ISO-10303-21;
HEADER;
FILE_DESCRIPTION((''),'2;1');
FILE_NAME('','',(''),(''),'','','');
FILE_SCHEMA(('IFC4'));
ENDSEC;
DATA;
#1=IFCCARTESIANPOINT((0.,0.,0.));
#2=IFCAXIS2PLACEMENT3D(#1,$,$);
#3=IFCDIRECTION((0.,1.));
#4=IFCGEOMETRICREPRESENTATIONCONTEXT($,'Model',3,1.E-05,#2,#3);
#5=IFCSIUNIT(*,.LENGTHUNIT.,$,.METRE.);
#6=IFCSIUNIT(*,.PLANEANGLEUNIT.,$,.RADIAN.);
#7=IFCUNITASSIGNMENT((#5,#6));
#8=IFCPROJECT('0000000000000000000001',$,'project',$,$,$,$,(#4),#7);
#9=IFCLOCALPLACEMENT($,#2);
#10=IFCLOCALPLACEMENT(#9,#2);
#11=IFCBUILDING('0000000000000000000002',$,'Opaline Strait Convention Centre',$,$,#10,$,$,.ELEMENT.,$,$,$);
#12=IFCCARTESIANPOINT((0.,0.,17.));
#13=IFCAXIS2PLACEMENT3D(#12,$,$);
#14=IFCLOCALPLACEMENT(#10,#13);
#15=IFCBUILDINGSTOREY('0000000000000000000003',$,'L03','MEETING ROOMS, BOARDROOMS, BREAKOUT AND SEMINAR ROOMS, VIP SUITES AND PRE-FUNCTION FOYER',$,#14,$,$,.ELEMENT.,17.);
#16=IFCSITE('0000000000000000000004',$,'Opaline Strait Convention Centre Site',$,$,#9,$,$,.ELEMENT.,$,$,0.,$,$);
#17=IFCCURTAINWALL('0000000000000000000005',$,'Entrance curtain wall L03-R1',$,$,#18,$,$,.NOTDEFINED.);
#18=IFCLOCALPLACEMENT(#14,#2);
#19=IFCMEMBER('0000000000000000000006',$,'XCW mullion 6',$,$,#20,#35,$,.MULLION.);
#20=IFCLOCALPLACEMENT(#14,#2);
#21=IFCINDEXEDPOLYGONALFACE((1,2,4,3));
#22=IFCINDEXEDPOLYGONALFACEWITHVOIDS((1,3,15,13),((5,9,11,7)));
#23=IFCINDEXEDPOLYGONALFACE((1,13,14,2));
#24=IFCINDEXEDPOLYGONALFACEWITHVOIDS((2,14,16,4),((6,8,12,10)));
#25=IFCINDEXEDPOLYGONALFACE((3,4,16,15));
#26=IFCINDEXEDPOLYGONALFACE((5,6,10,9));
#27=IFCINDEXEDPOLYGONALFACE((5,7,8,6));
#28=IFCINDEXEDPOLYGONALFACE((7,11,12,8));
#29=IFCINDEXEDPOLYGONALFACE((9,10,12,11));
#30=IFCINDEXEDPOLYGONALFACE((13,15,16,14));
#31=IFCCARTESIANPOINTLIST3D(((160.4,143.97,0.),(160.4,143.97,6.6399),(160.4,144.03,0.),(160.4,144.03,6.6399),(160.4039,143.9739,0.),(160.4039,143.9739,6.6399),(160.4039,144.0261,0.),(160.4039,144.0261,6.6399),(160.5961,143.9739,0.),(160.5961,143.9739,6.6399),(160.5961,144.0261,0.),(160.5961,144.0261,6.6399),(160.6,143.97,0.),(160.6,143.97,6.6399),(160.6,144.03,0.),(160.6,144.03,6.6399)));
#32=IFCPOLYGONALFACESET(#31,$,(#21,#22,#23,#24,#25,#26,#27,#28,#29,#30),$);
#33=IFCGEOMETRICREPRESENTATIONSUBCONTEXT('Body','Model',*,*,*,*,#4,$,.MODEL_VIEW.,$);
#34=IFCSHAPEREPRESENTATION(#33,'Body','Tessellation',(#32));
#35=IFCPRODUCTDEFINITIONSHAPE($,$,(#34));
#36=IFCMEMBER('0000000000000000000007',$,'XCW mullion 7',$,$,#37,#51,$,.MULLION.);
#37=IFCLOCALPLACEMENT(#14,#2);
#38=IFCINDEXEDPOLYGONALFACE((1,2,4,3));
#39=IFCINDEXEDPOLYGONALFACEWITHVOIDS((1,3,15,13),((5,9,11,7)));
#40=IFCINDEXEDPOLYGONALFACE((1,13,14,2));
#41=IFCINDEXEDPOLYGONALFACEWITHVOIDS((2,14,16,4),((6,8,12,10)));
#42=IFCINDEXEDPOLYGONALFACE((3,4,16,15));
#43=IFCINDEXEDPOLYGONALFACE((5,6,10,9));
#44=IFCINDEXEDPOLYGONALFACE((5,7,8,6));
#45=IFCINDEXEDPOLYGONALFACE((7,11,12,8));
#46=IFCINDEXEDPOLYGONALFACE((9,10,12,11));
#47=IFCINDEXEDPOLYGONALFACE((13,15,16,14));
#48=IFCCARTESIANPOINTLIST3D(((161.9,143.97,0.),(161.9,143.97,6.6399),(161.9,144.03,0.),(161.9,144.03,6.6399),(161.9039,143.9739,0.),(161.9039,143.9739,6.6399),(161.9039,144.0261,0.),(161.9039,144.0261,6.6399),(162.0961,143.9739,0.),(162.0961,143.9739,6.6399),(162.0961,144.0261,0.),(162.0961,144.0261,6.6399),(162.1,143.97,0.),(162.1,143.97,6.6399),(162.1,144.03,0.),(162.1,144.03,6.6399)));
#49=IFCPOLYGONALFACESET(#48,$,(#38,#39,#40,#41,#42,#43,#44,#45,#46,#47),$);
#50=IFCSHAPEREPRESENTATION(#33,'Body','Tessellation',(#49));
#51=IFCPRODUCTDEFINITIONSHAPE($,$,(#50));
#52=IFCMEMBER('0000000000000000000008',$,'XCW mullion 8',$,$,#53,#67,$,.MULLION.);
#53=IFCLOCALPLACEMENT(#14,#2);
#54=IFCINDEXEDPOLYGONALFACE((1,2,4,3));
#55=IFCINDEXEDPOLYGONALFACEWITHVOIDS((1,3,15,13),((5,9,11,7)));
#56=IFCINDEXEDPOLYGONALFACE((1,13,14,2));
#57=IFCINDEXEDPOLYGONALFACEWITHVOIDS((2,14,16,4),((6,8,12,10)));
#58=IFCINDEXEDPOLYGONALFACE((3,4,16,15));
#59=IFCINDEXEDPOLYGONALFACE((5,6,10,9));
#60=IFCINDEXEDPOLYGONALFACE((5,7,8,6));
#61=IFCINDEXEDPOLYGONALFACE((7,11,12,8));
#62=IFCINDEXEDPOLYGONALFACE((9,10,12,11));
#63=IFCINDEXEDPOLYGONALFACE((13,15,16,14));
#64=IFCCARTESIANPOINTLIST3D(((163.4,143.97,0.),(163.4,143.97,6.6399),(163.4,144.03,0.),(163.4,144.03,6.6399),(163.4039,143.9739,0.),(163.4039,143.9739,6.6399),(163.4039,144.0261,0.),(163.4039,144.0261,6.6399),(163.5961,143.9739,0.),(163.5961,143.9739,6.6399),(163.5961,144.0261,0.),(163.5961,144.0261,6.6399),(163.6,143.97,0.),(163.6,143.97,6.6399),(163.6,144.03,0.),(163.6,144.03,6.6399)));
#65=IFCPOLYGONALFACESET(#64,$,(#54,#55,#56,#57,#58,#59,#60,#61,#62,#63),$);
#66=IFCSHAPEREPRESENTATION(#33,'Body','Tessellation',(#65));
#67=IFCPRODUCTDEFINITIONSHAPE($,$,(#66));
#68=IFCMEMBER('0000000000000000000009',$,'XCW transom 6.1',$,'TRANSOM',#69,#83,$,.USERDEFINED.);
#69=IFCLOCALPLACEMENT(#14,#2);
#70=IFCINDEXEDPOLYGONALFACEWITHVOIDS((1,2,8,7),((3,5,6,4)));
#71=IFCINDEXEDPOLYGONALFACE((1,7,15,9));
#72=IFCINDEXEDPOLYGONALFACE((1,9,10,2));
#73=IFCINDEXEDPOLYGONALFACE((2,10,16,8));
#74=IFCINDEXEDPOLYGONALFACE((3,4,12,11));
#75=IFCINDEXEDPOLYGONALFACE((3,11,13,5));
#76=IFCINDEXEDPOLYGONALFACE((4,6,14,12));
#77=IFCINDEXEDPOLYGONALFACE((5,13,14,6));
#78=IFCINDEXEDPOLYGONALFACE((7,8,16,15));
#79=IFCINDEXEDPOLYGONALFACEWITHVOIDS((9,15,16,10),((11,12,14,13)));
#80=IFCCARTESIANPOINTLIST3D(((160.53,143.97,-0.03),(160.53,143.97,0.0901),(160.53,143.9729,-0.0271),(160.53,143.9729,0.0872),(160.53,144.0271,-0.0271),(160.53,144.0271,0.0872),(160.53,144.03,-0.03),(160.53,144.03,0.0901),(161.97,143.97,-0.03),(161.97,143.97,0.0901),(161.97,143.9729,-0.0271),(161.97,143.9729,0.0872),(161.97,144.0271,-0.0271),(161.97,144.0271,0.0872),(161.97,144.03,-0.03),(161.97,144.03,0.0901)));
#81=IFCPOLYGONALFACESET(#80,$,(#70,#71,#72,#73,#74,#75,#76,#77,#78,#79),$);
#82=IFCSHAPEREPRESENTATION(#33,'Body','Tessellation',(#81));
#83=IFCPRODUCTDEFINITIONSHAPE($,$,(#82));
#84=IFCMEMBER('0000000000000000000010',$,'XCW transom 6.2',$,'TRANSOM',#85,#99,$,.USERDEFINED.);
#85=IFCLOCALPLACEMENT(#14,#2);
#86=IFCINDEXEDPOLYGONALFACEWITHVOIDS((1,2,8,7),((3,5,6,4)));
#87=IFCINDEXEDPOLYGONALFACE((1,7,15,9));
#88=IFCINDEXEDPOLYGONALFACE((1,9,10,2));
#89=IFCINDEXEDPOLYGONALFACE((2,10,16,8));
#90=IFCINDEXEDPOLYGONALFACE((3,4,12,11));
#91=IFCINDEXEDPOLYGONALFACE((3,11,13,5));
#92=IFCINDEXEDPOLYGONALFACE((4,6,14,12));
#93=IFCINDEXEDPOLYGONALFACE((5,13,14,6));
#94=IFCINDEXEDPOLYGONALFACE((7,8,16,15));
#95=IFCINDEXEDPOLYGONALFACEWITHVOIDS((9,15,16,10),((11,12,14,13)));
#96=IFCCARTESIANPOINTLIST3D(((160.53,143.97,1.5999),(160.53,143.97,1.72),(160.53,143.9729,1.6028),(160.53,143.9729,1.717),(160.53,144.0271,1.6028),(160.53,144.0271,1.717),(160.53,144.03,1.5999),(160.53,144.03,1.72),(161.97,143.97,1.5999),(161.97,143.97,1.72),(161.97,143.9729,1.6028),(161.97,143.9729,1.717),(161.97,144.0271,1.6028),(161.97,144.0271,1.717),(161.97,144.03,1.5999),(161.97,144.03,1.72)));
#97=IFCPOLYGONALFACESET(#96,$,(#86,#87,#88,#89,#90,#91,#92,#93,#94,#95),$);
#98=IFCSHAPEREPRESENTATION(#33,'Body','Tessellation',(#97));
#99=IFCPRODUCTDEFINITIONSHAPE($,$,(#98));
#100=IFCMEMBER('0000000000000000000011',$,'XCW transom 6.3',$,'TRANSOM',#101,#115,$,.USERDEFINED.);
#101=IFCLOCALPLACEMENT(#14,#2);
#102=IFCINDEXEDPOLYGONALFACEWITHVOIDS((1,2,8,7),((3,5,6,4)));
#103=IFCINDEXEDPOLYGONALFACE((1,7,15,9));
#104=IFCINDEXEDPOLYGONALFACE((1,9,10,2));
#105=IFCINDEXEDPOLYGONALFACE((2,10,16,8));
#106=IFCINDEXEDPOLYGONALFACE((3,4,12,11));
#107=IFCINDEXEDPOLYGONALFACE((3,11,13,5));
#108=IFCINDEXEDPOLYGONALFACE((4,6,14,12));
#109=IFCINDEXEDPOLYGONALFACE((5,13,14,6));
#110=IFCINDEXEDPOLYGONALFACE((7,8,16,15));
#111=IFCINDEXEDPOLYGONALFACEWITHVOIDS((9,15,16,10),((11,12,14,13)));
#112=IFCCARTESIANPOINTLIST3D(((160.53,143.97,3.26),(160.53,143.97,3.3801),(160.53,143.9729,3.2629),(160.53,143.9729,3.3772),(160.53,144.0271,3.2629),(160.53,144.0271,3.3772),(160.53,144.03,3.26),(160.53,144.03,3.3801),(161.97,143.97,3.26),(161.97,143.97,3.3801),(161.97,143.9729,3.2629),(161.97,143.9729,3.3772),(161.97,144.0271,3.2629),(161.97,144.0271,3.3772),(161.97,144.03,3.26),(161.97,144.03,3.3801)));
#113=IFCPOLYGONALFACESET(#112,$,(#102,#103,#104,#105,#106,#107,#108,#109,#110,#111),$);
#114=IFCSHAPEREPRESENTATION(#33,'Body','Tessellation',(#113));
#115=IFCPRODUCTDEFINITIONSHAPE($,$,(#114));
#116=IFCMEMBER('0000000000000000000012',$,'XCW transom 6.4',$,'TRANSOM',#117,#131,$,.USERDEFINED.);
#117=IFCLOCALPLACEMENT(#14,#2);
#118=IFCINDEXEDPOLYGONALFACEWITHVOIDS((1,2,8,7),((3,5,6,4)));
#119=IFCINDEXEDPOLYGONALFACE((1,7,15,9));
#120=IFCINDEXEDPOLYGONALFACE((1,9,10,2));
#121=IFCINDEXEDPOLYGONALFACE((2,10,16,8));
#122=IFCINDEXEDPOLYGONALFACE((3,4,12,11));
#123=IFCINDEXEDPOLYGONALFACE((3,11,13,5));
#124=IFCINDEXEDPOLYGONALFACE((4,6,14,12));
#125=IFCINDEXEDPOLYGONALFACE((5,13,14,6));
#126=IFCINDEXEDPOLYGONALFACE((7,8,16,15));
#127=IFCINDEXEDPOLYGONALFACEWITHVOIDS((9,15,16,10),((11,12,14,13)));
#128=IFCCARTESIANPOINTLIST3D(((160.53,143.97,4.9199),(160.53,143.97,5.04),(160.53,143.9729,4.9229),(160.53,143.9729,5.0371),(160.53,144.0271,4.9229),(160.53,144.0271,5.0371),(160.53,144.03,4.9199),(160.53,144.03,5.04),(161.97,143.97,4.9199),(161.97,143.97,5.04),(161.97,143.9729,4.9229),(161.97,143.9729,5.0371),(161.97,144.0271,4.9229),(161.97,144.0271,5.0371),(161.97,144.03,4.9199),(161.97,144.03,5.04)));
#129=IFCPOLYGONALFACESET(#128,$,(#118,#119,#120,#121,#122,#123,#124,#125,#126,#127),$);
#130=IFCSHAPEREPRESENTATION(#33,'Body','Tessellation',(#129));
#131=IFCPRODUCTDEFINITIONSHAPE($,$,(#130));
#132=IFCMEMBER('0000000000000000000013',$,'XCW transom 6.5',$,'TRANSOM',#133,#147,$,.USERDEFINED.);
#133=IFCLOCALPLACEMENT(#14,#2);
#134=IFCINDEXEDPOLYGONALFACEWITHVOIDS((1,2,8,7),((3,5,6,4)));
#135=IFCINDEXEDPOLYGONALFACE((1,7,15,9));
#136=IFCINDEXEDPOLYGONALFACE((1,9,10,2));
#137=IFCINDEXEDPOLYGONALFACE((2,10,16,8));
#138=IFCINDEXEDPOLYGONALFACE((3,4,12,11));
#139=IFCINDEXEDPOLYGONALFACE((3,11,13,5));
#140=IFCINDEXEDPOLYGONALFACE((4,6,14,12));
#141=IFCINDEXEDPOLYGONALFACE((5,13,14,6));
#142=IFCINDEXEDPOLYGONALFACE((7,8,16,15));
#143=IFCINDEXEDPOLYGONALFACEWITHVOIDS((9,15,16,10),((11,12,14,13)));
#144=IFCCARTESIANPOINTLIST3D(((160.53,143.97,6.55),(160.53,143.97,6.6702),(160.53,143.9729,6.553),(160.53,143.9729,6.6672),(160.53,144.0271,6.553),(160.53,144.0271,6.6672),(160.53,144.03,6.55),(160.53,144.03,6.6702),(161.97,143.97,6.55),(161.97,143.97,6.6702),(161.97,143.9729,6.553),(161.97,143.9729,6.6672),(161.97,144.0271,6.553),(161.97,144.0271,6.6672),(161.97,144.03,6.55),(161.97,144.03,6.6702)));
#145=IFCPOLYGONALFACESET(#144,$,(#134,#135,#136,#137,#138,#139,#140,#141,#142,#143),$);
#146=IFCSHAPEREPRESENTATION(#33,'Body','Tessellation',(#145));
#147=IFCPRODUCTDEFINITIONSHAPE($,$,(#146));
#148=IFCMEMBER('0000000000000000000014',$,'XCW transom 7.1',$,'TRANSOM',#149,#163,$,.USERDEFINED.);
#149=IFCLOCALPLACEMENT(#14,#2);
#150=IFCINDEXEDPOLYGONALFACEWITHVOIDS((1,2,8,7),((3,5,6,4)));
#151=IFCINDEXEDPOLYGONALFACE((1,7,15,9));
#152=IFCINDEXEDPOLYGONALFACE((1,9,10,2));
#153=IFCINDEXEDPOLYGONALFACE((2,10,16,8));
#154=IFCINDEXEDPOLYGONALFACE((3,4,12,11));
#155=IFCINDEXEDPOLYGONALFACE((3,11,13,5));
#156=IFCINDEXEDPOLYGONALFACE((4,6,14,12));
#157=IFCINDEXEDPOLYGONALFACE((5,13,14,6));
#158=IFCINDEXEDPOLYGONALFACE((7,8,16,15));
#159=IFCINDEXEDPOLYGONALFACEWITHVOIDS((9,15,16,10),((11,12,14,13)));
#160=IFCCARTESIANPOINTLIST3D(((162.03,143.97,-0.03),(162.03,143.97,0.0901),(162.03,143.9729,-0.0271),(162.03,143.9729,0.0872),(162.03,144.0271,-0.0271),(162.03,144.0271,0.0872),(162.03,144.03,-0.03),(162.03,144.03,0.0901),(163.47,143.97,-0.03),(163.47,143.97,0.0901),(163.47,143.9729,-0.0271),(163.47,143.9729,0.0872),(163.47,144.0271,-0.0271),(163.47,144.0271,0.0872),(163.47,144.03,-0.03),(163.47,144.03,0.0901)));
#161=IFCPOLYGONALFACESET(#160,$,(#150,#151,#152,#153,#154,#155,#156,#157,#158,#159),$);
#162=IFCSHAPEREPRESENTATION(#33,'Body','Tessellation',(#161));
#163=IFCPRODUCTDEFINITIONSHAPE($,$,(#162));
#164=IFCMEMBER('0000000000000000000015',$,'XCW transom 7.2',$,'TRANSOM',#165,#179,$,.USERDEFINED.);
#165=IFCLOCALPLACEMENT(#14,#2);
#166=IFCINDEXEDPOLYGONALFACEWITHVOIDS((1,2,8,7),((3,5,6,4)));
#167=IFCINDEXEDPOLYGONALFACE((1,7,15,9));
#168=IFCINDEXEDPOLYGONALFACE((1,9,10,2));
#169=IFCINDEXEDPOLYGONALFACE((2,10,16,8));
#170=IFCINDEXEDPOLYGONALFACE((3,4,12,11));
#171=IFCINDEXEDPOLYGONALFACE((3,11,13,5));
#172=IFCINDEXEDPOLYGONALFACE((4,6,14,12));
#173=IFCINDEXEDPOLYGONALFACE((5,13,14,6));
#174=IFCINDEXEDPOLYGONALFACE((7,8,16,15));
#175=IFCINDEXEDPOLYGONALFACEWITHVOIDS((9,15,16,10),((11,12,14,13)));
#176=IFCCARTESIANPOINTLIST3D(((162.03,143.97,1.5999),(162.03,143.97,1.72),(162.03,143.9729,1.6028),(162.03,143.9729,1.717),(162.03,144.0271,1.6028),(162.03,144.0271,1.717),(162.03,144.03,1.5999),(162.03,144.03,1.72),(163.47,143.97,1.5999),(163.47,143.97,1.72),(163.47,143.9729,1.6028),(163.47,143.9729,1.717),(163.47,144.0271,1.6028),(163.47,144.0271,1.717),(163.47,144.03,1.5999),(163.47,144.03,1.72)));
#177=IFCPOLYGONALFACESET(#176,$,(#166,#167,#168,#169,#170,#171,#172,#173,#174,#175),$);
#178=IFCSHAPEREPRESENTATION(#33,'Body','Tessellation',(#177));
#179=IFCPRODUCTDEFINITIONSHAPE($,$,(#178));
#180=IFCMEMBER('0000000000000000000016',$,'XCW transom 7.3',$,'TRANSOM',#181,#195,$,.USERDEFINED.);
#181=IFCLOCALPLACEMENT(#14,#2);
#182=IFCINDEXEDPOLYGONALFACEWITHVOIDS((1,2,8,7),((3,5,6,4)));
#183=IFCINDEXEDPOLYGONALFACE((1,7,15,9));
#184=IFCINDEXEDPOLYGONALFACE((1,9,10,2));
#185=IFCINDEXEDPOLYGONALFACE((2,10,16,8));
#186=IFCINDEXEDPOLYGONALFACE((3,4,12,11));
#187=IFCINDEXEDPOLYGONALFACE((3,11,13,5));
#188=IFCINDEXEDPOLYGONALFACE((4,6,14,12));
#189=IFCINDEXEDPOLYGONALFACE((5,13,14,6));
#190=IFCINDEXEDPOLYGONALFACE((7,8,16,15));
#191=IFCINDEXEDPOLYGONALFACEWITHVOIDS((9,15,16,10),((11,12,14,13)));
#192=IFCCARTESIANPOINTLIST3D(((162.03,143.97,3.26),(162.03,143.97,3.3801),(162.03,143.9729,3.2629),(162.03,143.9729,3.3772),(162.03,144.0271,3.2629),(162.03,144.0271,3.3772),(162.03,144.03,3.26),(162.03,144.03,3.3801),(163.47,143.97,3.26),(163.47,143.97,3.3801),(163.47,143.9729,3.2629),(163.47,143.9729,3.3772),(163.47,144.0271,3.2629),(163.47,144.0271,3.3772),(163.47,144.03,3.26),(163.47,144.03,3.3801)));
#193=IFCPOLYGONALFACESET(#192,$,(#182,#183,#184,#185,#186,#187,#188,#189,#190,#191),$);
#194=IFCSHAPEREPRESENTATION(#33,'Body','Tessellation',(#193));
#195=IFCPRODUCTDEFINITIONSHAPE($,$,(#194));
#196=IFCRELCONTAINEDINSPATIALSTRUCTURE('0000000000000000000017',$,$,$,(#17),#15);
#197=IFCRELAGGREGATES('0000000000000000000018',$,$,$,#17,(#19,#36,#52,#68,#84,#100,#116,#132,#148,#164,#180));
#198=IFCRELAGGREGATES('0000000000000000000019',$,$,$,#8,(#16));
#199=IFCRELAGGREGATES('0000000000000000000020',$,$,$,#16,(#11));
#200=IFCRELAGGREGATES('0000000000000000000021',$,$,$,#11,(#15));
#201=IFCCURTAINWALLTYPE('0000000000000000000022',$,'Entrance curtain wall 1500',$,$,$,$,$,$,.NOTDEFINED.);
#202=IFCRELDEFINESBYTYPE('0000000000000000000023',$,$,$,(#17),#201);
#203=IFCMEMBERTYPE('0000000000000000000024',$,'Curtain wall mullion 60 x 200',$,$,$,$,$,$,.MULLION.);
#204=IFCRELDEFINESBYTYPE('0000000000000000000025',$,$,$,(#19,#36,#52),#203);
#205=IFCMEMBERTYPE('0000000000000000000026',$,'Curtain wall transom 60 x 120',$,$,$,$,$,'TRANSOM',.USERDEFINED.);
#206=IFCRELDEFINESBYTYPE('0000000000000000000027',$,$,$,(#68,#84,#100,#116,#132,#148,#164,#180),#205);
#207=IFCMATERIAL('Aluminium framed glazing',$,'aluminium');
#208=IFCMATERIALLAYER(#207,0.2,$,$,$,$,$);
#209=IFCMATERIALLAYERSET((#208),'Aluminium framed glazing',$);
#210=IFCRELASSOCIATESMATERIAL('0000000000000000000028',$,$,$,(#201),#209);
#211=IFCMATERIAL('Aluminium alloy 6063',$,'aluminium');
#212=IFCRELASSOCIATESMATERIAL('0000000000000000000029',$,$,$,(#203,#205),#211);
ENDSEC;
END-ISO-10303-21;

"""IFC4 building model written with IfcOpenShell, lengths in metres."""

from ifc_helpers import new_model, si_unit, direction, frame, origin, origin_2d, place, context, subcontext, project, spatial, hollow_rectangle, extrude, material, layer, layer_set, material_profile, profile_set, type_object, element, aggregate, save


model = new_model("IFC4")

# Units and contexts
model_context = context("Model", 3, precision=1e-05, world=origin(), true_north=direction((0.0, 1.0)))
body_context = subcontext(model_context, "Body", "Model", "MODEL_VIEW")
ifc_project = project(units=[si_unit("LENGTHUNIT", "METRE"), si_unit("PLANEANGLEUNIT", "RADIAN")], contexts=[model_context])

# Site, building, storey
site_placement = place(None, origin())
site = spatial("IfcSite", under=ifc_project, at=site_placement, Name="Opaline Strait Convention Centre Site", CompositionType="ELEMENT", RefElevation=0.0)
building_placement = place(site_placement, origin())
building = spatial("IfcBuilding", under=site, at=building_placement, Name="Opaline Strait Convention Centre", CompositionType="ELEMENT")
storey_placement = place(building_placement, frame((0.0, 0.0, 17.0)))
storey = spatial("IfcBuildingStorey", under=building, at=storey_placement, Name="L03", Description="MEETING ROOMS, BOARDROOMS, BREAKOUT AND SEMINAR ROOMS, VIP SUITES AND PRE-FUNCTION FOYER", CompositionType="ELEMENT", Elevation=17.0)

# Curtain wall, members
ifc_material_1 = material(Name="Aluminium framed glazing", Category="aluminium")
ifc_layer_1 = layer(ifc_material_1, 0.2)
ifc_layer_set_1 = layer_set([ifc_layer_1], Name="Aluminium framed glazing")
curtain_wall_type = type_object("IfcCurtainWallType", Name="Entrance curtain wall 1500", PredefinedType="NOTDEFINED", material=ifc_layer_set_1)
curtain_wall_placement = place(storey_placement, origin())
curtain_wall = element("IfcCurtainWall", 1, at=curtain_wall_placement, inside=storey, type_object=curtain_wall_type, Name="Entrance curtain wall L03-R1", PredefinedType="NOTDEFINED")
ifc_material_2 = material(Name="Aluminium alloy 6063", Category="aluminium")
ifc_material_profile_1 = material_profile(ifc_material_2, hollow_rectangle(XDim=0.0601, YDim=0.2, WallThickness=0.0039, at=origin_2d()), Name="MULLION 60x200x4")
ifc_profile_set_1 = profile_set([ifc_material_profile_1], Name="Aluminium alloy 6063")
member_type_1 = type_object("IfcMemberType", Name="Curtain wall mullion 60 x 200", PredefinedType="MULLION", material=ifc_profile_set_1)
member_1_placement = place(storey_placement, frame((160.5, 144.0, 0.0), z_axis=(0.0, 0.0, 1.0), x_axis=(0.0, 1.0, 0.0)))
member_1 = element("IfcMember", 2, at=member_1_placement, type_object=member_type_1, Name="XCW mullion 6", PredefinedType="MULLION", context=body_context, shape_type="SweptSolid", body=[
    extrude(hollow_rectangle(XDim=0.0601, YDim=0.2, WallThickness=0.0039, at=origin_2d()), origin(), (0.0, 0.0, 1.0), 6.6399),
])
member_2_placement = place(storey_placement, frame((162.0, 144.0, 0.0), z_axis=(0.0, 0.0, 1.0), x_axis=(0.0, 1.0, 0.0)))
member_2 = element("IfcMember", 3, at=member_2_placement, type_object=member_type_1, Name="XCW mullion 7", PredefinedType="MULLION", context=body_context, shape_type="SweptSolid", body=[
    extrude(hollow_rectangle(XDim=0.0601, YDim=0.2, WallThickness=0.0039, at=origin_2d()), origin(), (0.0, 0.0, 1.0), 6.6399),
])
member_3_placement = place(storey_placement, frame((163.5, 144.0, 0.0), z_axis=(0.0, 0.0, 1.0), x_axis=(0.0, 1.0, 0.0)))
member_3 = element("IfcMember", 4, at=member_3_placement, type_object=member_type_1, Name="XCW mullion 8", PredefinedType="MULLION", context=body_context, shape_type="SweptSolid", body=[
    extrude(hollow_rectangle(XDim=0.0601, YDim=0.2, WallThickness=0.0039, at=origin_2d()), origin(), (0.0, 0.0, 1.0), 6.6399),
])
ifc_material_profile_2 = material_profile(ifc_material_2, hollow_rectangle(XDim=0.0601, YDim=0.1201, WallThickness=0.0029, at=origin_2d()), Name="TRANSOM 60x120x3")
ifc_profile_set_2 = profile_set([ifc_material_profile_2], Name="Aluminium alloy 6063")
member_type_2 = type_object("IfcMemberType", Name="Curtain wall transom 60 x 120", ElementType="TRANSOM", PredefinedType="USERDEFINED", material=ifc_profile_set_2)
member_4_placement = place(storey_placement, frame((160.53, 144.0, 0.03), z_axis=(1.0, 0.0, 0.0), x_axis=(0.0, 1.0, 0.0)))
member_4 = element("IfcMember", 5, at=member_4_placement, type_object=member_type_2, Name="XCW transom 6.1", ObjectType="TRANSOM", PredefinedType="USERDEFINED", context=body_context, shape_type="SweptSolid", body=[
    extrude(hollow_rectangle(XDim=0.0601, YDim=0.1201, WallThickness=0.0029, at=origin_2d()), origin(), (0.0, 0.0, 1.0), 1.4399),
])
member_5_placement = place(storey_placement, frame((160.53, 144.0, 1.6599), z_axis=(1.0, 0.0, 0.0), x_axis=(0.0, 1.0, 0.0)))
member_5 = element("IfcMember", 6, at=member_5_placement, type_object=member_type_2, Name="XCW transom 6.2", ObjectType="TRANSOM", PredefinedType="USERDEFINED", context=body_context, shape_type="SweptSolid", body=[
    extrude(hollow_rectangle(XDim=0.0601, YDim=0.1201, WallThickness=0.0029, at=origin_2d()), origin(), (0.0, 0.0, 1.0), 1.4399),
])
member_6_placement = place(storey_placement, frame((160.53, 144.0, 3.3201), z_axis=(1.0, 0.0, 0.0), x_axis=(0.0, 1.0, 0.0)))
member_6 = element("IfcMember", 7, at=member_6_placement, type_object=member_type_2, Name="XCW transom 6.3", ObjectType="TRANSOM", PredefinedType="USERDEFINED", context=body_context, shape_type="SweptSolid", body=[
    extrude(hollow_rectangle(XDim=0.0601, YDim=0.1201, WallThickness=0.0029, at=origin_2d()), origin(), (0.0, 0.0, 1.0), 1.4399),
])
member_7_placement = place(storey_placement, frame((160.53, 144.0, 4.98), z_axis=(1.0, 0.0, 0.0), x_axis=(0.0, 1.0, 0.0)))
member_7 = element("IfcMember", 8, at=member_7_placement, type_object=member_type_2, Name="XCW transom 6.4", ObjectType="TRANSOM", PredefinedType="USERDEFINED", context=body_context, shape_type="SweptSolid", body=[
    extrude(hollow_rectangle(XDim=0.0601, YDim=0.1201, WallThickness=0.0029, at=origin_2d()), origin(), (0.0, 0.0, 1.0), 1.4399),
])
member_8_placement = place(storey_placement, frame((160.53, 144.0, 6.6101), z_axis=(1.0, 0.0, 0.0), x_axis=(0.0, 1.0, 0.0)))
member_8 = element("IfcMember", 9, at=member_8_placement, type_object=member_type_2, Name="XCW transom 6.5", ObjectType="TRANSOM", PredefinedType="USERDEFINED", context=body_context, shape_type="SweptSolid", body=[
    extrude(hollow_rectangle(XDim=0.0601, YDim=0.1201, WallThickness=0.0029, at=origin_2d()), origin(), (0.0, 0.0, 1.0), 1.4399),
])
member_9_placement = place(storey_placement, frame((162.03, 144.0, 0.03), z_axis=(1.0, 0.0, 0.0), x_axis=(0.0, 1.0, 0.0)))
member_9 = element("IfcMember", 10, at=member_9_placement, type_object=member_type_2, Name="XCW transom 7.1", ObjectType="TRANSOM", PredefinedType="USERDEFINED", context=body_context, shape_type="SweptSolid", body=[
    extrude(hollow_rectangle(XDim=0.0601, YDim=0.1201, WallThickness=0.0029, at=origin_2d()), origin(), (0.0, 0.0, 1.0), 1.4399),
])
member_10_placement = place(storey_placement, frame((162.03, 144.0, 1.6599), z_axis=(1.0, 0.0, 0.0), x_axis=(0.0, 1.0, 0.0)))
member_10 = element("IfcMember", 11, at=member_10_placement, type_object=member_type_2, Name="XCW transom 7.2", ObjectType="TRANSOM", PredefinedType="USERDEFINED", context=body_context, shape_type="SweptSolid", body=[
    extrude(hollow_rectangle(XDim=0.0601, YDim=0.1201, WallThickness=0.0029, at=origin_2d()), origin(), (0.0, 0.0, 1.0), 1.4399),
])
member_11_placement = place(storey_placement, frame((162.03, 144.0, 3.3201), z_axis=(1.0, 0.0, 0.0), x_axis=(0.0, 1.0, 0.0)))
member_11 = element("IfcMember", 12, at=member_11_placement, type_object=member_type_2, Name="XCW transom 7.3", ObjectType="TRANSOM", PredefinedType="USERDEFINED", context=body_context, shape_type="SweptSolid", body=[
    extrude(hollow_rectangle(XDim=0.0601, YDim=0.1201, WallThickness=0.0029, at=origin_2d()), origin(), (0.0, 0.0, 1.0), 1.4399),
])
aggregate(curtain_wall, [member_1, member_2, member_3, member_4, member_5, member_6, member_7, member_8, member_9, member_10, member_11])

save(model, "model.ifc")
